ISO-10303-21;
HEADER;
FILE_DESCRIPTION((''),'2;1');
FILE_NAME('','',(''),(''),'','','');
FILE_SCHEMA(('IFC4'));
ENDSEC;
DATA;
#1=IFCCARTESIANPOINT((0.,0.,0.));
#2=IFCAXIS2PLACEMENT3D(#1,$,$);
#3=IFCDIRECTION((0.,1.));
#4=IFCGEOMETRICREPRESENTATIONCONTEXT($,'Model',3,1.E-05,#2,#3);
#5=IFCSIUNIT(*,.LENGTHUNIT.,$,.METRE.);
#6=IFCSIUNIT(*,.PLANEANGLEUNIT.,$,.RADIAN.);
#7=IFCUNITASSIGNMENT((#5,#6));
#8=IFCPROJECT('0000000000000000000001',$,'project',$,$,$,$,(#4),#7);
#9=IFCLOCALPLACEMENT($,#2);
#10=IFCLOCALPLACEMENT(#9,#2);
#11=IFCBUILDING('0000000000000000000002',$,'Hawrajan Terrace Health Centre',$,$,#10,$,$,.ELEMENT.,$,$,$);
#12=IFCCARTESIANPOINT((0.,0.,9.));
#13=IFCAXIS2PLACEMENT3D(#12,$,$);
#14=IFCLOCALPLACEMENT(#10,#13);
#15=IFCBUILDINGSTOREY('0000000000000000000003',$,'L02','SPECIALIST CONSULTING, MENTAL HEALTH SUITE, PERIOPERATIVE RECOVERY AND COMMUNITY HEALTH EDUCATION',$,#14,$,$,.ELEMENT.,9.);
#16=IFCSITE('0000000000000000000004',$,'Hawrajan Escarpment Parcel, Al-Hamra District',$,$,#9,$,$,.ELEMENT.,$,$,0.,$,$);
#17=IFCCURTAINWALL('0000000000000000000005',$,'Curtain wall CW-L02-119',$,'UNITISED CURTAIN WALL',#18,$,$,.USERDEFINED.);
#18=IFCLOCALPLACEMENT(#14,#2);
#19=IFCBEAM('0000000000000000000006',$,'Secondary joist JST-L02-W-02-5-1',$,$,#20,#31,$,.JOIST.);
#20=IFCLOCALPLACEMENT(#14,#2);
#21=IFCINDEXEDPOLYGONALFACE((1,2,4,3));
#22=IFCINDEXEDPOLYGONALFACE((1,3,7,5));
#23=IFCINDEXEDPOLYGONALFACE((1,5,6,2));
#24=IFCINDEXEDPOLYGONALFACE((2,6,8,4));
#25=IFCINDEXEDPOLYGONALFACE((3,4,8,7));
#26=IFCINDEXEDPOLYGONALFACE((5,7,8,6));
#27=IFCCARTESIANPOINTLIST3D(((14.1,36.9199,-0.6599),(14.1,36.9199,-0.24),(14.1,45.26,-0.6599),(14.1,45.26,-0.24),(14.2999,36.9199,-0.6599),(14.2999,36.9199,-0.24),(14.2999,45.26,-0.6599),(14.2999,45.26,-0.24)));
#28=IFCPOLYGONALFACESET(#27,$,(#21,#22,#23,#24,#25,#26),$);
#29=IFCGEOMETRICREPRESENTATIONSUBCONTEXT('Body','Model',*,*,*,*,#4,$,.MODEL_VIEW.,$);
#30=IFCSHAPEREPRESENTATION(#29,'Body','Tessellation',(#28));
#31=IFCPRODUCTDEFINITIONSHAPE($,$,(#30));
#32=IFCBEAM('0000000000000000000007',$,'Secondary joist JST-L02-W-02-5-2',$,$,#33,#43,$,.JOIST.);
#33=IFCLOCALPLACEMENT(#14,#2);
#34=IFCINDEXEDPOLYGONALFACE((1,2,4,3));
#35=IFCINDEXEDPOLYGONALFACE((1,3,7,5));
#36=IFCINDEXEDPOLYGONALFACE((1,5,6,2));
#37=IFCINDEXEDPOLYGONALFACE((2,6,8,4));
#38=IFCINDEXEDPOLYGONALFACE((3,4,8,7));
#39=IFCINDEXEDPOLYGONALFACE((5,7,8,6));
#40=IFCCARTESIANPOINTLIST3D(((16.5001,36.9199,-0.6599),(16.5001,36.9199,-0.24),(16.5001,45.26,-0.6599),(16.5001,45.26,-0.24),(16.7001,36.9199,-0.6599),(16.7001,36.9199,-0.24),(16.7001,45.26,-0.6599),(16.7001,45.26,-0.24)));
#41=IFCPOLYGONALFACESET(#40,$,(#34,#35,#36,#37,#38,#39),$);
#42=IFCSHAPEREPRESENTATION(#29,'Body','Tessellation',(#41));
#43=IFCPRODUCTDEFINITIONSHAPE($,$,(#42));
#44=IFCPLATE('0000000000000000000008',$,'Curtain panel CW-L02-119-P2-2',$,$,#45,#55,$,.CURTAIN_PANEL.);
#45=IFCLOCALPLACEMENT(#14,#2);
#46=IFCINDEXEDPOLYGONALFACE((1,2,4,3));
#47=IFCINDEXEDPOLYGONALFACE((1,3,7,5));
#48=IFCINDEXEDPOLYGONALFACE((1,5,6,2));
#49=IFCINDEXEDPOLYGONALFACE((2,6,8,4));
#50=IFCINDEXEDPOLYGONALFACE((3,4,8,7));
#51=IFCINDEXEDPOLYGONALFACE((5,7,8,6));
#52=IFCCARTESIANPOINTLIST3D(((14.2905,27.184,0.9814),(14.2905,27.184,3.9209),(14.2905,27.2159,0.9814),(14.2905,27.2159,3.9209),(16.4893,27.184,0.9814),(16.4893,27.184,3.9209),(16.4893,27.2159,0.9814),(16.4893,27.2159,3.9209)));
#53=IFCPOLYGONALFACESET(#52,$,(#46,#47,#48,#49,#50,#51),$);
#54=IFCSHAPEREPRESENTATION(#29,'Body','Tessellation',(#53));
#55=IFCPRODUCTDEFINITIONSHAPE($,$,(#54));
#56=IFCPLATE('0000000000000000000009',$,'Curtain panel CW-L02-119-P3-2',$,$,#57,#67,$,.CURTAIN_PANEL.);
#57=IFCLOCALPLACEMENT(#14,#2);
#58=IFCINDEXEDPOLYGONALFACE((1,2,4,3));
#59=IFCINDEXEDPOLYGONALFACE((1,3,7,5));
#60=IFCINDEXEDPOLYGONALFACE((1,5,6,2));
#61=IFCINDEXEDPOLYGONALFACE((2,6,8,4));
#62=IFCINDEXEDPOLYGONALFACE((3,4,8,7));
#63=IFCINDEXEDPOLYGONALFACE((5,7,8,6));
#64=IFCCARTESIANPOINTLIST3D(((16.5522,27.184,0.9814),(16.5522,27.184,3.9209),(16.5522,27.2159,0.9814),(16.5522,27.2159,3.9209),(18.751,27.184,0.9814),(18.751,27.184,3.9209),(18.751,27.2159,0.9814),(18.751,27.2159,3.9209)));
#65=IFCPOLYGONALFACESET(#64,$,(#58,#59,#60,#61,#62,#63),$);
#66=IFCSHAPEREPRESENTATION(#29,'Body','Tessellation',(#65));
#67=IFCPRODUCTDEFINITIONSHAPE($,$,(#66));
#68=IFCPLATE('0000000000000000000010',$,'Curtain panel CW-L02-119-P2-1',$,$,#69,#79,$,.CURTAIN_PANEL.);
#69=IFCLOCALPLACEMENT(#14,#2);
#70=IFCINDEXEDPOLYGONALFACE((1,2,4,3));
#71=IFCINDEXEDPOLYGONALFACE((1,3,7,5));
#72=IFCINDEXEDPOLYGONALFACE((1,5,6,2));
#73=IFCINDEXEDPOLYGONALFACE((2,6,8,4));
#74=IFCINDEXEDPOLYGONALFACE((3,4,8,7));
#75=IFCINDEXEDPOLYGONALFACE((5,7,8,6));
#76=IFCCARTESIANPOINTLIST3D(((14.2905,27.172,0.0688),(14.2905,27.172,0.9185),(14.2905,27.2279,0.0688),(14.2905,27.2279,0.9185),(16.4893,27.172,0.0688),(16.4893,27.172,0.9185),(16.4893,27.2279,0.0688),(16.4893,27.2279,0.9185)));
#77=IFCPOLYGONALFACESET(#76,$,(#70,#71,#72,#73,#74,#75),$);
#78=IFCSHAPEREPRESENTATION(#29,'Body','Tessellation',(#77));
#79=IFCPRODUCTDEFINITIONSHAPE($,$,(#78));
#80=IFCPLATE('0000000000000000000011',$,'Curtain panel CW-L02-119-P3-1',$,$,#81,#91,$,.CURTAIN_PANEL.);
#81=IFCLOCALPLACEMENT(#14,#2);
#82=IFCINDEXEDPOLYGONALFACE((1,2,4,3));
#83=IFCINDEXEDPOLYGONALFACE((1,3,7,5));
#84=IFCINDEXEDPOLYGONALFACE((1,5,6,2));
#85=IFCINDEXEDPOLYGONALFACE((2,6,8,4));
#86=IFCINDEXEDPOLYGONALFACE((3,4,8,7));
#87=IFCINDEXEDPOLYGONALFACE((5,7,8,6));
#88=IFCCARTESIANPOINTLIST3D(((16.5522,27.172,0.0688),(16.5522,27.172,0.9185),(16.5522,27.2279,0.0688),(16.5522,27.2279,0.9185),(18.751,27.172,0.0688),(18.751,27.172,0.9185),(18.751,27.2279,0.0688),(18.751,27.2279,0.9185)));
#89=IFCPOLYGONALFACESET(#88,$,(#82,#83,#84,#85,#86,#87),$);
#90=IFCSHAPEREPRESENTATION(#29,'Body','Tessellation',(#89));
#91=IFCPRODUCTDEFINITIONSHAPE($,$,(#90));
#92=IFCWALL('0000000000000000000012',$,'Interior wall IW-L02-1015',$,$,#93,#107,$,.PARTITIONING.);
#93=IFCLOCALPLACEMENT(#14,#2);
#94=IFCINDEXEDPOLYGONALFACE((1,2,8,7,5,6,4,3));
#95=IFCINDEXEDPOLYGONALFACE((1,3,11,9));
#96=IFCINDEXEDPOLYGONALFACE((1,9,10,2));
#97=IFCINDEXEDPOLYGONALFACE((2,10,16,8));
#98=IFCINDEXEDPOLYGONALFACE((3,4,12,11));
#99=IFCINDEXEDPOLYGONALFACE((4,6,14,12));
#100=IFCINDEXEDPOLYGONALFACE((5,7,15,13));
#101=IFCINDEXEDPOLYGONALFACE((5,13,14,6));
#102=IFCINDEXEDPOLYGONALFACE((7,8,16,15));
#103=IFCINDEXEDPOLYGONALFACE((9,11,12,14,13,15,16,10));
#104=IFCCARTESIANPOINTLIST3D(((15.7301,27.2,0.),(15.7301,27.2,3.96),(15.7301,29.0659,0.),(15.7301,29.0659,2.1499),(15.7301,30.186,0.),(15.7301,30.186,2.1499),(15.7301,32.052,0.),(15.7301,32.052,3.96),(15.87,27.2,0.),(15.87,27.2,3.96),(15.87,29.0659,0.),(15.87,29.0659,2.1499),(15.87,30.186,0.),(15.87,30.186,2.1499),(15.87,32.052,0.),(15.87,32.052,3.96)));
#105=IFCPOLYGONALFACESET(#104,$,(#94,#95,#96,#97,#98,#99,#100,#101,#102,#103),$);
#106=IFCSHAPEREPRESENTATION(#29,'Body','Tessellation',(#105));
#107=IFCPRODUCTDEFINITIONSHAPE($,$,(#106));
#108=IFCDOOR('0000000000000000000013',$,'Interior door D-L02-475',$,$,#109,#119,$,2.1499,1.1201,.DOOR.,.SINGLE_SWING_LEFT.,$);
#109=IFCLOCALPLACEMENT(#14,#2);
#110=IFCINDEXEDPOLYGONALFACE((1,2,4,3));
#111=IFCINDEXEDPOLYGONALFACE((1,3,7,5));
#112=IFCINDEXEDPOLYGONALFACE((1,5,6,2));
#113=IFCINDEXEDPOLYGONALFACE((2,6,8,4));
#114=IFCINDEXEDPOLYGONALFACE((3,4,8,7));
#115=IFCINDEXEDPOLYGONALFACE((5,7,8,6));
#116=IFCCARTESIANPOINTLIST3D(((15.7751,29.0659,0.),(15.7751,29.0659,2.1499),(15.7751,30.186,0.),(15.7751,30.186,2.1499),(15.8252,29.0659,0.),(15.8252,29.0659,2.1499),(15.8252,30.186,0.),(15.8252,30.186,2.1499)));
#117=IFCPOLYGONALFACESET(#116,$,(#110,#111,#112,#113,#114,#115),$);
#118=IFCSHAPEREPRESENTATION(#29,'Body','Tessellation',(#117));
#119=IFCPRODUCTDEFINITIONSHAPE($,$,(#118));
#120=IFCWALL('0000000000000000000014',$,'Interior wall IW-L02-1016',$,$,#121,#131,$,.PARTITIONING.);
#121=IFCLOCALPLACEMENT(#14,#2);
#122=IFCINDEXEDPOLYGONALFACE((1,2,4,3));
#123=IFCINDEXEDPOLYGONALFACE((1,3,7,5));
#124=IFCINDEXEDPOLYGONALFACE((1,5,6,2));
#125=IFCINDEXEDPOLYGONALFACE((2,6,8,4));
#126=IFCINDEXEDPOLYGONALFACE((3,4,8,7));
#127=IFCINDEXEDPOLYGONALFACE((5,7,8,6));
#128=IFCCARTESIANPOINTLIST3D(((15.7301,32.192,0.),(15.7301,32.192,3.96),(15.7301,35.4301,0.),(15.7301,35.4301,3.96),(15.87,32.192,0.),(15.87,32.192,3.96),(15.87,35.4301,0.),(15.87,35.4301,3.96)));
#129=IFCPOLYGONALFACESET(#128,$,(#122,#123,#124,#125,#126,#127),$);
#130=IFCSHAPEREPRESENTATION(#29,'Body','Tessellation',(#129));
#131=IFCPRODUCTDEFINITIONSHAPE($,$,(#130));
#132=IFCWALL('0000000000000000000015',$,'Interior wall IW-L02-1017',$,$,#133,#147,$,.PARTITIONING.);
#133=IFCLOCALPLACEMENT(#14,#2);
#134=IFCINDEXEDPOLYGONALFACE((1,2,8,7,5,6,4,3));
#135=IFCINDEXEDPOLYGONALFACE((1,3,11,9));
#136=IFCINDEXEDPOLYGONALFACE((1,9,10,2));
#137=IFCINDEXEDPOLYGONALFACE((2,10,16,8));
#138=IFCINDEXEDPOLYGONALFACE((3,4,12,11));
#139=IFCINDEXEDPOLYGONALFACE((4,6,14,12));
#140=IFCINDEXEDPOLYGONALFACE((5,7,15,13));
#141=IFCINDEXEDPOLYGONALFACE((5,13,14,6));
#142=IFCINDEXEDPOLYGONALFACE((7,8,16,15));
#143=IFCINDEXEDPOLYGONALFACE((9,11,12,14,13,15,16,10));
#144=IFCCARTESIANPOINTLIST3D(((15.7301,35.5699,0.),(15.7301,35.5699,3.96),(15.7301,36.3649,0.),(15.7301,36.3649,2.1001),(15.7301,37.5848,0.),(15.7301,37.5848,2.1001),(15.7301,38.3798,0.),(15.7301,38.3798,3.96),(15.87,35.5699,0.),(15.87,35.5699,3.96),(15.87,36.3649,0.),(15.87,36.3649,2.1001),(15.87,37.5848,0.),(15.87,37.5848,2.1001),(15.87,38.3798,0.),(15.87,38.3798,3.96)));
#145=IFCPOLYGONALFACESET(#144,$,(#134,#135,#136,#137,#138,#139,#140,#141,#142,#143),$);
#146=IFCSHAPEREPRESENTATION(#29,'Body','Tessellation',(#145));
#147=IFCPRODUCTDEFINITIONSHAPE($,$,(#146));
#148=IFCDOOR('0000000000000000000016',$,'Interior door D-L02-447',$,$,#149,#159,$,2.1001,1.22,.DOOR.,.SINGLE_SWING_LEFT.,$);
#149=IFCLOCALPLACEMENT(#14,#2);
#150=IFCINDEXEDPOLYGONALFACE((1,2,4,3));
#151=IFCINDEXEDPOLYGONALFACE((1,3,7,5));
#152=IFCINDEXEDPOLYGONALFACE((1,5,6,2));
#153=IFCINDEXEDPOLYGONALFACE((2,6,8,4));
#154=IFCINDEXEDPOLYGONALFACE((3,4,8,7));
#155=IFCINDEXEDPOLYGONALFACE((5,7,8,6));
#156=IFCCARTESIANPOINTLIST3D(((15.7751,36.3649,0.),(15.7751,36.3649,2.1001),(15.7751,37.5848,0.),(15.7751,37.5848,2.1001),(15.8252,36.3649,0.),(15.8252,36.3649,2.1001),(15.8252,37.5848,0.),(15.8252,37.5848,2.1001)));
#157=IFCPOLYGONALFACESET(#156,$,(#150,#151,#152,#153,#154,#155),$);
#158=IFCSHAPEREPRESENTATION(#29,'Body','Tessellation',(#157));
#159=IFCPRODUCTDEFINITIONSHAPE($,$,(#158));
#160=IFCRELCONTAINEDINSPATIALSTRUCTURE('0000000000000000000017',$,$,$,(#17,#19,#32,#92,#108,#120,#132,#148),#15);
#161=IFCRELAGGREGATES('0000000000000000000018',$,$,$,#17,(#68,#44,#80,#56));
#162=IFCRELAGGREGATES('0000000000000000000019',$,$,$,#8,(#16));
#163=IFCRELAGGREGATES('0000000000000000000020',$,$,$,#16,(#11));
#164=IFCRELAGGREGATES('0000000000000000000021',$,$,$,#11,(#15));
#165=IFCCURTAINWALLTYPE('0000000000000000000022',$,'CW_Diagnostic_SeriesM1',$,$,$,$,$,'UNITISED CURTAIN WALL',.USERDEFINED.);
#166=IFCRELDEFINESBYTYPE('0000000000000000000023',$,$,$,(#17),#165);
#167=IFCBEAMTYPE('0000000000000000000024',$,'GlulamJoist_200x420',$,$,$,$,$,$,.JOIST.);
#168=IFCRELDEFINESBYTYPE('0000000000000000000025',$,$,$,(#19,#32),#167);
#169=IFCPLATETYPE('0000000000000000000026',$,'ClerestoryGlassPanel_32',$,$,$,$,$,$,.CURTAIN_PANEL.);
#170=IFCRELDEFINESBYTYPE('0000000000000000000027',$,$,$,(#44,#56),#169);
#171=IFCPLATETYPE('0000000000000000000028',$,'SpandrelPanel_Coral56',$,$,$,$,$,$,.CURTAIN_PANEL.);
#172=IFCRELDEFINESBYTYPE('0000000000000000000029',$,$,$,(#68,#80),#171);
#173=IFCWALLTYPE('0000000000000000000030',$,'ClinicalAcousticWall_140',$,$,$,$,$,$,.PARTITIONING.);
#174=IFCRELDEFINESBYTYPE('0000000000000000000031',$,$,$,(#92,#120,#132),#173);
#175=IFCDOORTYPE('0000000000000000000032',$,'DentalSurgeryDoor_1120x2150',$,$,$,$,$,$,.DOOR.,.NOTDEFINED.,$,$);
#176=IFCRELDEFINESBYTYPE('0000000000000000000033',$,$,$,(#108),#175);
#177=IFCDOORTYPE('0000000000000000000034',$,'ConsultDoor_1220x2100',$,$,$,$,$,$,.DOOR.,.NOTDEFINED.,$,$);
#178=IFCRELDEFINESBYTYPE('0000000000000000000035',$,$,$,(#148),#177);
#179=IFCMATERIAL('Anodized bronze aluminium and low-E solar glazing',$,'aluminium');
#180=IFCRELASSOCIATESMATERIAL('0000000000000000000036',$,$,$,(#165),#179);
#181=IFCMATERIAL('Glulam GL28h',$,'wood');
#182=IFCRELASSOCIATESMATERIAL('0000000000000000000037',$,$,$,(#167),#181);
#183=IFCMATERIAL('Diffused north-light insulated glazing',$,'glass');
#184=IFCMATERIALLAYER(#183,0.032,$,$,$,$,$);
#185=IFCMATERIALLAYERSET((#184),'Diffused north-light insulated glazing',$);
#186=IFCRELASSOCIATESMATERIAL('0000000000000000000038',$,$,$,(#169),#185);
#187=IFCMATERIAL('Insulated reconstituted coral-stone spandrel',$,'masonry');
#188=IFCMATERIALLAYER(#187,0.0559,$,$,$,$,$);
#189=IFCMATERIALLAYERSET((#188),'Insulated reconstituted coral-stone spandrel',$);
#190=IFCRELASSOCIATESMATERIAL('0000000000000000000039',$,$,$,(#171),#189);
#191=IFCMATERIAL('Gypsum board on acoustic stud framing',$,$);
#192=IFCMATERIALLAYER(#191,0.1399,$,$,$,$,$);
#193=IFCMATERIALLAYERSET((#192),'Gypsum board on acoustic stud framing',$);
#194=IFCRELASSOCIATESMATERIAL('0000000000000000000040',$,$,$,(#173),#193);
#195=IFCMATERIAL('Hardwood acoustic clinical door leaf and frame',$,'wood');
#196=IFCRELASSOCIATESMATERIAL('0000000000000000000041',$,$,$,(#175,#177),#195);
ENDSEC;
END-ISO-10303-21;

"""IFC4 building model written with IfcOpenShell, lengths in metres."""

from ifc_helpers import new_model, si_unit, direction, frame, frame_2d, origin, origin_2d, place, context, subcontext, project, spatial, rectangle, extrude, material, layer, layer_set, material_profile, profile_set, type_object, element, fill, aggregate, save


model = new_model("IFC4")

# Units and contexts
model_context = context("Model", 3, precision=1e-05, world=origin(), true_north=direction((0.0, 1.0)))
body_context = subcontext(model_context, "Body", "Model", "MODEL_VIEW")
ifc_project = project(units=[si_unit("LENGTHUNIT", "METRE"), si_unit("PLANEANGLEUNIT", "RADIAN")], contexts=[model_context])

# Site, building, storey
site_placement = place(None, origin())
site = spatial("IfcSite", under=ifc_project, at=site_placement, Name="Hawrajan Escarpment Parcel, Al-Hamra District", CompositionType="ELEMENT", RefElevation=0.0)
building_placement = place(site_placement, origin())
building = spatial("IfcBuilding", under=site, at=building_placement, Name="Hawrajan Terrace Health Centre", CompositionType="ELEMENT")
storey_placement = place(building_placement, frame((0.0, 0.0, 9.0)))
storey = spatial("IfcBuildingStorey", under=building, at=storey_placement, Name="L02", Description="SPECIALIST CONSULTING, MENTAL HEALTH SUITE, PERIOPERATIVE RECOVERY AND COMMUNITY HEALTH EDUCATION", CompositionType="ELEMENT", Elevation=9.0)

# Curtain wall
ifc_material_1 = material(Name="Anodized bronze aluminium and low-E solar glazing", Category="aluminium")
curtain_wall_type = type_object("IfcCurtainWallType", Name="CW_Diagnostic_SeriesM1", ElementType="UNITISED CURTAIN WALL", PredefinedType="USERDEFINED", material=ifc_material_1)
curtain_wall_placement = place(storey_placement, origin())
curtain_wall = element("IfcCurtainWall", 1, at=curtain_wall_placement, inside=storey, type_object=curtain_wall_type, Name="Curtain wall CW-L02-119", ObjectType="UNITISED CURTAIN WALL", PredefinedType="USERDEFINED")

# Beams
ifc_material_2 = material(Name="Glulam GL28h", Category="wood")
ifc_material_profile_1 = material_profile(ifc_material_2, rectangle(XDim=0.2, YDim=0.4199, at=origin_2d()), Name="GL JST 200x420")
ifc_profile_set_1 = profile_set([ifc_material_profile_1], Name="Glulam GL28h")
beam_type = type_object("IfcBeamType", Name="GlulamJoist_200x420", PredefinedType="JOIST", material=ifc_profile_set_1)
for number, where, z_axis, x_axis, name in (
    (2, (14.2, 36.9199, -0.45), (0.0, 1.0, 0.0), (-1.0, 0.0, 0.0), "Secondary joist JST-L02-W-02-5-1"),
    (3, (16.6001, 36.9199, -0.45), (0.0, 1.0, 0.0), (-1.0, 0.0, 0.0), "Secondary joist JST-L02-W-02-5-2"),
):
    element("IfcBeam", number, at=place(storey_placement, frame(where, z_axis=z_axis, x_axis=x_axis)), inside=storey, type_object=beam_type, Name=name, PredefinedType="JOIST", context=body_context, shape_type="SweptSolid", body=[
        extrude(rectangle(XDim=0.2, YDim=0.4199, at=origin_2d()), origin(), (0.0, 0.0, 1.0), 8.3401),
    ])

# Plates
ifc_material_3 = material(Name="Diffused north-light insulated glazing", Category="glass")
ifc_layer_1 = layer(ifc_material_3, 0.032)
ifc_layer_set_1 = layer_set([ifc_layer_1], Name="Diffused north-light insulated glazing")
plate_type_1 = type_object("IfcPlateType", Name="ClerestoryGlassPanel_32", PredefinedType="CURTAIN_PANEL", material=ifc_layer_set_1)
plate_1_placement = place(storey_placement, frame((15.3899, 27.2, 0.9814), z_axis=(0.0, 0.0, 1.0), x_axis=(1.0, 0.0, 0.0)))
plate_1 = element("IfcPlate", 4, at=plate_1_placement, type_object=plate_type_1, Name="Curtain panel CW-L02-119-P2-2", PredefinedType="CURTAIN_PANEL", context=body_context, shape_type="SweptSolid", body=[
    extrude(rectangle(XDim=2.1987, YDim=0.032, at=origin_2d()), origin(), (0.0, 0.0, 1.0), 2.9395),
])
plate_2_placement = place(storey_placement, frame((17.6516, 27.2, 0.9814), z_axis=(0.0, 0.0, 1.0), x_axis=(1.0, 0.0, 0.0)))
plate_2 = element("IfcPlate", 5, at=plate_2_placement, type_object=plate_type_1, Name="Curtain panel CW-L02-119-P3-2", PredefinedType="CURTAIN_PANEL", context=body_context, shape_type="SweptSolid", body=[
    extrude(rectangle(XDim=2.1987, YDim=0.032, at=origin_2d()), origin(), (0.0, 0.0, 1.0), 2.9395),
])
ifc_material_4 = material(Name="Insulated reconstituted coral-stone spandrel", Category="masonry")
ifc_layer_2 = layer(ifc_material_4, 0.0559)
ifc_layer_set_2 = layer_set([ifc_layer_2], Name="Insulated reconstituted coral-stone spandrel")
plate_type_2 = type_object("IfcPlateType", Name="SpandrelPanel_Coral56", PredefinedType="CURTAIN_PANEL", material=ifc_layer_set_2)
plate_3_placement = place(storey_placement, frame((15.3899, 27.2, 0.0688), z_axis=(0.0, 0.0, 1.0), x_axis=(1.0, 0.0, 0.0)))
plate_3 = element("IfcPlate", 6, at=plate_3_placement, type_object=plate_type_2, Name="Curtain panel CW-L02-119-P2-1", PredefinedType="CURTAIN_PANEL", context=body_context, shape_type="SweptSolid", body=[
    extrude(rectangle(XDim=2.1987, YDim=0.0559, at=origin_2d()), origin(), (0.0, 0.0, 1.0), 0.8496),
])
plate_4_placement = place(storey_placement, frame((17.6516, 27.2, 0.0688), z_axis=(0.0, 0.0, 1.0), x_axis=(1.0, 0.0, 0.0)))
plate_4 = element("IfcPlate", 7, at=plate_4_placement, type_object=plate_type_2, Name="Curtain panel CW-L02-119-P3-1", PredefinedType="CURTAIN_PANEL", context=body_context, shape_type="SweptSolid", body=[
    extrude(rectangle(XDim=2.1987, YDim=0.0559, at=origin_2d()), origin(), (0.0, 0.0, 1.0), 0.8496),
])
aggregate(curtain_wall, [plate_3, plate_1, plate_4, plate_2])

# Wall, opening, door
ifc_material_5 = material(Name="Gypsum board on acoustic stud framing")
ifc_layer_3 = layer(ifc_material_5, 0.1399)
ifc_layer_set_3 = layer_set([ifc_layer_3], Name="Gypsum board on acoustic stud framing")
wall_type = type_object("IfcWallType", Name="ClinicalAcousticWall_140", PredefinedType="PARTITIONING", material=ifc_layer_set_3)
wall_1_placement = place(storey_placement, frame((15.8, 27.2, 0.0), z_axis=(0.0, 0.0, 1.0), x_axis=(0.0, 1.0, 0.0)))
wall_1 = element("IfcWall", 8, at=wall_1_placement, inside=storey, type_object=wall_type, Name="Interior wall IW-L02-1015", PredefinedType="PARTITIONING", context=body_context, shape_type="SweptSolid", body=[
    extrude(rectangle(XDim=4.8521, YDim=0.1399, at=frame_2d((2.426, 0.0))), origin(), (0.0, 0.0, 1.0), 3.96),
])
opening_1_placement = place(wall_1_placement, frame((1.866, 0.0, 0.0)))
opening_1 = element("IfcOpeningElement", 9, at=opening_1_placement, cuts=wall_1, PredefinedType="OPENING", context=body_context, shape_type="SweptSolid", body=[
    extrude(rectangle(XDim=1.1201, YDim=2.1499, at=frame_2d((0.5601, 1.075))), frame((0.0, 0.0798, 0.0), z_axis=(0.0, -1.0, 0.0), x_axis=(1.0, 0.0, 0.0)), (0.0, 0.0, 1.0), 0.1599),
])
ifc_material_6 = material(Name="Hardwood acoustic clinical door leaf and frame", Category="wood")
door_type_1 = type_object("IfcDoorType", Name="DentalSurgeryDoor_1120x2150", OperationType="NOTDEFINED", PredefinedType="DOOR", material=ifc_material_6)
door_1_placement = place(opening_1_placement, origin())
door_1 = element("IfcDoor", 10, at=door_1_placement, inside=storey, type_object=door_type_1, Name="Interior door D-L02-475", OperationType="SINGLE_SWING_LEFT", OverallHeight=2.1499, OverallWidth=1.1201, PredefinedType="DOOR", context=body_context, shape_type="SweptSolid", body=[
    extrude(rectangle(XDim=1.1201, YDim=2.1499, at=frame_2d((0.5601, 1.075))), frame((0.0, 0.0249, 0.0), z_axis=(0.0, -1.0, 0.0), x_axis=(1.0, 0.0, 0.0)), (0.0, 0.0, 1.0), 0.05),
])
fill(opening_1, door_1)

# Wall
wall_2_placement = place(storey_placement, frame((15.8, 32.1919, 0.0), z_axis=(0.0, 0.0, 1.0), x_axis=(0.0, 1.0, 0.0)))
element("IfcWall", 11, at=wall_2_placement, inside=storey, type_object=wall_type, Name="Interior wall IW-L02-1016", PredefinedType="PARTITIONING", context=body_context, shape_type="SweptSolid", body=[
    extrude(rectangle(XDim=3.238, YDim=0.1399, at=frame_2d((1.6191, 0.0))), origin(), (0.0, 0.0, 1.0), 3.96),
])

# Wall, opening, door
wall_3_placement = place(storey_placement, frame((15.8, 35.5701, 0.0), z_axis=(0.0, 0.0, 1.0), x_axis=(0.0, 1.0, 0.0)))
wall_3 = element("IfcWall", 12, at=wall_3_placement, inside=storey, type_object=wall_type, Name="Interior wall IW-L02-1017", PredefinedType="PARTITIONING", context=body_context, shape_type="SweptSolid", body=[
    extrude(rectangle(XDim=2.8098, YDim=0.1399, at=frame_2d((1.4048, 0.0))), origin(), (0.0, 0.0, 1.0), 3.96),
])
opening_2_placement = place(wall_3_placement, frame((0.7949, 0.0, 0.0)))
opening_2 = element("IfcOpeningElement", 13, at=opening_2_placement, cuts=wall_3, PredefinedType="OPENING", context=body_context, shape_type="SweptSolid", body=[
    extrude(rectangle(XDim=1.22, YDim=2.1001, at=frame_2d((0.6099, 1.05))), frame((0.0, 0.0798, 0.0), z_axis=(0.0, -1.0, 0.0), x_axis=(1.0, 0.0, 0.0)), (0.0, 0.0, 1.0), 0.1599),
])
door_type_2 = type_object("IfcDoorType", Name="ConsultDoor_1220x2100", OperationType="NOTDEFINED", PredefinedType="DOOR", material=ifc_material_6)
door_2_placement = place(opening_2_placement, origin())
door_2 = element("IfcDoor", 14, at=door_2_placement, inside=storey, type_object=door_type_2, Name="Interior door D-L02-447", OperationType="SINGLE_SWING_LEFT", OverallHeight=2.1001, OverallWidth=1.22, PredefinedType="DOOR", context=body_context, shape_type="SweptSolid", body=[
    extrude(rectangle(XDim=1.22, YDim=2.1001, at=frame_2d((0.6099, 1.05))), frame((0.0, 0.0249, 0.0), z_axis=(0.0, -1.0, 0.0), x_axis=(1.0, 0.0, 0.0)), (0.0, 0.0, 1.0), 0.05),
])
fill(opening_2, door_2)

save(model, "model.ifc")
